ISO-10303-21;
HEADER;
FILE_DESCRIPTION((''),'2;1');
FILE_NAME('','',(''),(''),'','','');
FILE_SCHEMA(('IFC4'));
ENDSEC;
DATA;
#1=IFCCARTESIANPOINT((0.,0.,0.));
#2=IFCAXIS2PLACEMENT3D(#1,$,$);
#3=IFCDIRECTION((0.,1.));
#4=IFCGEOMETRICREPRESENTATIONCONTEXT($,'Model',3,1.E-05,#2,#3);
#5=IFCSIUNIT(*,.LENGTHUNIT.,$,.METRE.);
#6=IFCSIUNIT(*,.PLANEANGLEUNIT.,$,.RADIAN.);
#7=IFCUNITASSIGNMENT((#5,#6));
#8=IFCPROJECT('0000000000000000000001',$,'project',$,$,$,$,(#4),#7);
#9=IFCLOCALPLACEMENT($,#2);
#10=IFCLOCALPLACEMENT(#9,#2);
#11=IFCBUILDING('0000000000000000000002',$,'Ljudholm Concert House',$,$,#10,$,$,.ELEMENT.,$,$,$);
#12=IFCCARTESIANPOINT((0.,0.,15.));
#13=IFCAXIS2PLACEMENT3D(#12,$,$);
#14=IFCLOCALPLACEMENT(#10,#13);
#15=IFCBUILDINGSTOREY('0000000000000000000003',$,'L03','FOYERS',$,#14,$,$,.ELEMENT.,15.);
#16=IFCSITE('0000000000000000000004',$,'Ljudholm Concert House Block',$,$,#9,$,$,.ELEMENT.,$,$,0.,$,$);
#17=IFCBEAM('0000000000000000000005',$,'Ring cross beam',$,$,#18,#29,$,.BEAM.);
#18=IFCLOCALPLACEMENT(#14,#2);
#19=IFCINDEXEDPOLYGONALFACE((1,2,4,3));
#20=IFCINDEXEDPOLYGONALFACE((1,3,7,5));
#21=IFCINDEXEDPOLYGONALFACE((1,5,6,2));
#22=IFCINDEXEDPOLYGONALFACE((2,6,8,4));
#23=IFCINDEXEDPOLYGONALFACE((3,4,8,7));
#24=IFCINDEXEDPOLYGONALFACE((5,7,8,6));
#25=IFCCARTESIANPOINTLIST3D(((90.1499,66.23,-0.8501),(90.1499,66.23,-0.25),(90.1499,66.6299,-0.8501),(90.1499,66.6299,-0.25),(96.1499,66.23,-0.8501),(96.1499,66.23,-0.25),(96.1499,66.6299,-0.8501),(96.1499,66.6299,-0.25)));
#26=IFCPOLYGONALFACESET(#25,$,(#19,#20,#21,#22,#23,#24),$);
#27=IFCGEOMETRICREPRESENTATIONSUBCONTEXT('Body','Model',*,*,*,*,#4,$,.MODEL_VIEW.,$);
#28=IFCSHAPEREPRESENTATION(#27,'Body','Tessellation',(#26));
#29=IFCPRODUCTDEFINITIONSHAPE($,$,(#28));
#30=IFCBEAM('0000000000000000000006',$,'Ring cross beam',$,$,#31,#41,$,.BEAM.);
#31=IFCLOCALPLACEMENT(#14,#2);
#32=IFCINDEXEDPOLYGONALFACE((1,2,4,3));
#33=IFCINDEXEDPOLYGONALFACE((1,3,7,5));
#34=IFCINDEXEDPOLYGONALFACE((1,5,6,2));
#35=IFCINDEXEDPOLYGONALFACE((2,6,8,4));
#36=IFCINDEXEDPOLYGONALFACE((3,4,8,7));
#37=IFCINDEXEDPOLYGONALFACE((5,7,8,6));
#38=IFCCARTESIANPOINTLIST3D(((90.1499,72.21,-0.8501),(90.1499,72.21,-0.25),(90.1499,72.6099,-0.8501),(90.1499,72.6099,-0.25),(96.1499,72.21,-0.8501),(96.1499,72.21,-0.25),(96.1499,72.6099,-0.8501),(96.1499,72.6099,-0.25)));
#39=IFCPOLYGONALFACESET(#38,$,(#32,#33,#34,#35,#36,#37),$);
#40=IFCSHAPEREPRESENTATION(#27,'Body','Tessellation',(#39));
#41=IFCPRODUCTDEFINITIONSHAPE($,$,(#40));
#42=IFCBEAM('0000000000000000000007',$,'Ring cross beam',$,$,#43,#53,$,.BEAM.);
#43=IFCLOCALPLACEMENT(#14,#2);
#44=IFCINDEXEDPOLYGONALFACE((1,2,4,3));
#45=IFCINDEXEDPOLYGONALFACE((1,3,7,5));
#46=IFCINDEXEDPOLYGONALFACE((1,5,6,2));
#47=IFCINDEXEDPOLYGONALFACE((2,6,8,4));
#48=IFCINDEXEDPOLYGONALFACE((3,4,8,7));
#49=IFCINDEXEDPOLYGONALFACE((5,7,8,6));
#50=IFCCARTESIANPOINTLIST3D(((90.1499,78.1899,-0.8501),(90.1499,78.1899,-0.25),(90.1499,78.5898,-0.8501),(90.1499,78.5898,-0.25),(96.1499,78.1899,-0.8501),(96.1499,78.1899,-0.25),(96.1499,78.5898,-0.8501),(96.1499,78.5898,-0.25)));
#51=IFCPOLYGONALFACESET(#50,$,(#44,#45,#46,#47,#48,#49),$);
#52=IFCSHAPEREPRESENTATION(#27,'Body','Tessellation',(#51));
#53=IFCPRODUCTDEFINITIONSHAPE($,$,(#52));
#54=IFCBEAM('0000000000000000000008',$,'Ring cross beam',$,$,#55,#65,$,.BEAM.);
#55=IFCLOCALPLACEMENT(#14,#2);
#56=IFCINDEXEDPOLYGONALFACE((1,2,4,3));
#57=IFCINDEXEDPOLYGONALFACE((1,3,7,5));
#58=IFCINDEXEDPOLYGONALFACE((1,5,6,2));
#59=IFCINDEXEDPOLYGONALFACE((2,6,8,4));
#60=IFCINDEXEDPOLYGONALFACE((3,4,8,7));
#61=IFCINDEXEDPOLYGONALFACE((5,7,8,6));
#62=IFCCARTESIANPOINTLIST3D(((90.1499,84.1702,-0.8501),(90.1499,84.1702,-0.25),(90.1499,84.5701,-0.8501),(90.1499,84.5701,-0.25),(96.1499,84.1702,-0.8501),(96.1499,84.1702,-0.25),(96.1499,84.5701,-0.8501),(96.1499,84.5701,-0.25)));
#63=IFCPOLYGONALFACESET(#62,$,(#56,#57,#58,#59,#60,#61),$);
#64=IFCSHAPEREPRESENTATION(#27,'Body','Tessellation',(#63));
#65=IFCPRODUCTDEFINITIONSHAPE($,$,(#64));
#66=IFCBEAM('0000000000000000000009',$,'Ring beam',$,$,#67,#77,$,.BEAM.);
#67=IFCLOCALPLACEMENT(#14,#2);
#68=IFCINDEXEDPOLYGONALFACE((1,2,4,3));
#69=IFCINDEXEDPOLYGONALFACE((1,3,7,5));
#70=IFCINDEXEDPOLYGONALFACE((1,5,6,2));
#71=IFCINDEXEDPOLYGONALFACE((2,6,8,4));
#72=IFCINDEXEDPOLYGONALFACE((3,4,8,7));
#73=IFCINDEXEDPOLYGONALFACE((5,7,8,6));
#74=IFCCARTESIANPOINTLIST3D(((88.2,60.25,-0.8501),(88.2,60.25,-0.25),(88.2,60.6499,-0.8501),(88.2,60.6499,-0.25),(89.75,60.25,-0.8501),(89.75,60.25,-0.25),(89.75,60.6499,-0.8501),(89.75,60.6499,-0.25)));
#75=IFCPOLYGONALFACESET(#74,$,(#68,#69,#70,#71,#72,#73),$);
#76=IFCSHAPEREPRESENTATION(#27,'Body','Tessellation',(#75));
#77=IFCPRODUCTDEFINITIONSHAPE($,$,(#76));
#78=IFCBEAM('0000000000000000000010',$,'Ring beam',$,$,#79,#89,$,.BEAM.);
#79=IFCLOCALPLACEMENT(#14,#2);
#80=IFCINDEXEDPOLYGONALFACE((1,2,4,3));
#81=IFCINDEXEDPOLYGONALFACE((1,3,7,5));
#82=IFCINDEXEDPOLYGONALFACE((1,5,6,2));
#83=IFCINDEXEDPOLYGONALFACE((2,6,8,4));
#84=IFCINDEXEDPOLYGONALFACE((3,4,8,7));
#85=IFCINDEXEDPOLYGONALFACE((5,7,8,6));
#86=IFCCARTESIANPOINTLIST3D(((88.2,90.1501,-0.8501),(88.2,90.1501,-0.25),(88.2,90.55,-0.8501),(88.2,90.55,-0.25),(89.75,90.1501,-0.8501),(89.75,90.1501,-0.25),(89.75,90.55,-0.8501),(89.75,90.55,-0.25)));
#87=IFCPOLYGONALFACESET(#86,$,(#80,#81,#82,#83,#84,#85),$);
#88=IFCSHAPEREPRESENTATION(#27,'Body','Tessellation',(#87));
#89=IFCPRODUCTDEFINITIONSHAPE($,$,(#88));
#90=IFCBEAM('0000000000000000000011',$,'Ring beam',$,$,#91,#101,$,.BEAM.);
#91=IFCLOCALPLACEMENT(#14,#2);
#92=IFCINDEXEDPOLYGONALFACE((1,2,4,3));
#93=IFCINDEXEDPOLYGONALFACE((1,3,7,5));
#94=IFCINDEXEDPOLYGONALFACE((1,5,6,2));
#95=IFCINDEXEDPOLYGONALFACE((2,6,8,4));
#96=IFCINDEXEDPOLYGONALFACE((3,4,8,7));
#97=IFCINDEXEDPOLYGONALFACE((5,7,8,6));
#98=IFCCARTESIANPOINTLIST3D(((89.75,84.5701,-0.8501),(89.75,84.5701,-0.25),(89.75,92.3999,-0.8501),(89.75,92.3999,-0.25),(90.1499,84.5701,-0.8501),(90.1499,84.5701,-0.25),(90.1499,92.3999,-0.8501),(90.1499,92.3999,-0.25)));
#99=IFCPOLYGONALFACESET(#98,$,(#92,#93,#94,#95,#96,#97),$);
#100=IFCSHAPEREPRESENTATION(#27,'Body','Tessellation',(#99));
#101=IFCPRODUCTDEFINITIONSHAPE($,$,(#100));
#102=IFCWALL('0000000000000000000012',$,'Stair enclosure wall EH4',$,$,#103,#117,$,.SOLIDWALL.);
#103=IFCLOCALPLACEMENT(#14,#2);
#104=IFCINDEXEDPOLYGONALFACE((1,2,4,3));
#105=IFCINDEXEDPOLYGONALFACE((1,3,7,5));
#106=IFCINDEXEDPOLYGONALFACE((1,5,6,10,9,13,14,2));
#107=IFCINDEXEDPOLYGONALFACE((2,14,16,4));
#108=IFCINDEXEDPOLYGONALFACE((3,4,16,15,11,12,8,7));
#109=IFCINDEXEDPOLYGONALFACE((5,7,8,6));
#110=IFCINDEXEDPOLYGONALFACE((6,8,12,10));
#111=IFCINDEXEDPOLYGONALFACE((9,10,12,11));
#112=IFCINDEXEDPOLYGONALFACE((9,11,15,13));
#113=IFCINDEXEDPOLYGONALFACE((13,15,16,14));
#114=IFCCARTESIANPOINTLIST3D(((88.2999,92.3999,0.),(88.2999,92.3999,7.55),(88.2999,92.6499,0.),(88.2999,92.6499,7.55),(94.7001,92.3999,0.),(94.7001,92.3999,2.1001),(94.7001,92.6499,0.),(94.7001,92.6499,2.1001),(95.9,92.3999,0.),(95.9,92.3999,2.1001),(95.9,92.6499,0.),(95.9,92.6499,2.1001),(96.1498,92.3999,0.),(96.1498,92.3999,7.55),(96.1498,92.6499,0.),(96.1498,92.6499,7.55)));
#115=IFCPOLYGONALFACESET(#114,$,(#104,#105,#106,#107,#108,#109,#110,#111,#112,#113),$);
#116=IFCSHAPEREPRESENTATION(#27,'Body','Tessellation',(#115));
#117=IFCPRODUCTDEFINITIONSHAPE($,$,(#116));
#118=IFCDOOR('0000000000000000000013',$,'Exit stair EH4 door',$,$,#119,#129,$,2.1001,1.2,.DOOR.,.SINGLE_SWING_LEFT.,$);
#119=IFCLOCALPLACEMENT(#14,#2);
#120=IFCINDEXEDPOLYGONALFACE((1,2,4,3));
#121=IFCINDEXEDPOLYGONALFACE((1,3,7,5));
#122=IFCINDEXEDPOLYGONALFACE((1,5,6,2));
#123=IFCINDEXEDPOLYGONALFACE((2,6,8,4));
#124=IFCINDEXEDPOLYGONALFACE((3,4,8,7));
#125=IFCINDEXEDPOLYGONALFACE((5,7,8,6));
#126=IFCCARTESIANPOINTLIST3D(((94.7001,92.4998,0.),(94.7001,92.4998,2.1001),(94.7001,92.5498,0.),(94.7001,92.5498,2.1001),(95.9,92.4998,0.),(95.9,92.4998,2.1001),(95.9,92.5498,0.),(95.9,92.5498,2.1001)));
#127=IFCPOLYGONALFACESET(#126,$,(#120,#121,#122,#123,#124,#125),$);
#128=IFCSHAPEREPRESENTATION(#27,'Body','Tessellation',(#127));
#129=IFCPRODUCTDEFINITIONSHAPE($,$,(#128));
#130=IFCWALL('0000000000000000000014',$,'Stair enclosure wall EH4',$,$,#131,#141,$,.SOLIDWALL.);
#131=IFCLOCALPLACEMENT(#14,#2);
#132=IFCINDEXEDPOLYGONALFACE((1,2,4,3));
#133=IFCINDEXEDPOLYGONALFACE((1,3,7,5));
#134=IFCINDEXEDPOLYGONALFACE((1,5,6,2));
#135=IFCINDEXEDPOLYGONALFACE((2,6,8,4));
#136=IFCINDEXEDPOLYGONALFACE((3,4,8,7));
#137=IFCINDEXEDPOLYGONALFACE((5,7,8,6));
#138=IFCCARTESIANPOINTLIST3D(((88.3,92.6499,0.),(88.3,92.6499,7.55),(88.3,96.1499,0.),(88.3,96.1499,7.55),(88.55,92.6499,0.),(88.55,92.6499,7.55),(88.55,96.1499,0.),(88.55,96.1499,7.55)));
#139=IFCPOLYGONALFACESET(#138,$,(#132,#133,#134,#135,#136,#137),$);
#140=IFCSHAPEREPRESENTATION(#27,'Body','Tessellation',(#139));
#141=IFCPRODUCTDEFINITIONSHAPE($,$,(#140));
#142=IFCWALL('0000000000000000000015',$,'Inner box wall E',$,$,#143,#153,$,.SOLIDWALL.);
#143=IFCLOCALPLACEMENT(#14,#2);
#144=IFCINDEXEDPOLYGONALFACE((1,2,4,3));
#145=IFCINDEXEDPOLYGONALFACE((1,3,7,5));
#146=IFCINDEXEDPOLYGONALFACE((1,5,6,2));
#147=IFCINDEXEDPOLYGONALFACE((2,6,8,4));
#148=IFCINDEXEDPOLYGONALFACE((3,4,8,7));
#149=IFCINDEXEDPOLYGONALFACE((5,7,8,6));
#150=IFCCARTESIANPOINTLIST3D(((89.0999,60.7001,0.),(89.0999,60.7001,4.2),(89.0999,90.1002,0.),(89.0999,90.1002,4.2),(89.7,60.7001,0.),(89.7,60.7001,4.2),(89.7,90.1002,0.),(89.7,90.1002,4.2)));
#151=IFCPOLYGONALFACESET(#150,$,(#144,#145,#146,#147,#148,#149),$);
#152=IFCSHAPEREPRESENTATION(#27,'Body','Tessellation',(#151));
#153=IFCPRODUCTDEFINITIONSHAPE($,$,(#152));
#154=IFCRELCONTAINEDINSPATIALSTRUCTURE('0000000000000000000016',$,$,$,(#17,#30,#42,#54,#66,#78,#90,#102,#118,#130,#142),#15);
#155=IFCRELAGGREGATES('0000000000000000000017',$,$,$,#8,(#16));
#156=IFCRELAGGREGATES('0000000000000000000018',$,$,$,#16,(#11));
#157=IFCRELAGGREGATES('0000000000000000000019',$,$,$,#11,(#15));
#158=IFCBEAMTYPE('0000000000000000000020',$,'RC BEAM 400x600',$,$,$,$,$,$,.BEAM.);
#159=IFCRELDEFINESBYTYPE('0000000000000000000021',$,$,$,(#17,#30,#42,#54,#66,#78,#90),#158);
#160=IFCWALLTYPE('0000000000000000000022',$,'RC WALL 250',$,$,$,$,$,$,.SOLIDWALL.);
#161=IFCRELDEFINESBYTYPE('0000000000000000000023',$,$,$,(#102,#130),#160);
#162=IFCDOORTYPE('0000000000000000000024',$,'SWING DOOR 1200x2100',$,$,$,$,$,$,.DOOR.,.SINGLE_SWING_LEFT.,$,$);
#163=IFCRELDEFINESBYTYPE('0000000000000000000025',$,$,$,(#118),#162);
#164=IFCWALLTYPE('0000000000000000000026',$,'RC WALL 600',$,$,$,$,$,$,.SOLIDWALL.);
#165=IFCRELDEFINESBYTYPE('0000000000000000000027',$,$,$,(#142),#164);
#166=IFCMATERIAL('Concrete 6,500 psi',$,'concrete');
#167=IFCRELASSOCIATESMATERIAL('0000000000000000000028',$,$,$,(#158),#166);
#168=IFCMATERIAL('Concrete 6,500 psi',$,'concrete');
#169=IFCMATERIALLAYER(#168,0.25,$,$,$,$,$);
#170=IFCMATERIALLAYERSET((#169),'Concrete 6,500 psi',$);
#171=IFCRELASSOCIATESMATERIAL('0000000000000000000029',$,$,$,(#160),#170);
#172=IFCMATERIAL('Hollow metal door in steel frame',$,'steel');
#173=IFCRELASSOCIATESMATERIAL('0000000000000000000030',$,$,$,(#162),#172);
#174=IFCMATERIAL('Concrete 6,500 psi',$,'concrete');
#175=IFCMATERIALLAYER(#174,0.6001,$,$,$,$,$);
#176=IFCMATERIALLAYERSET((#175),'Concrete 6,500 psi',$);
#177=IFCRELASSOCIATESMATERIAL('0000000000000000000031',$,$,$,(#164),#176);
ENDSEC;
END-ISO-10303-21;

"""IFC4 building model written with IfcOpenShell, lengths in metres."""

from ifc_helpers import new_model, si_unit, direction, frame, frame_2d, origin, origin_2d, place, context, subcontext, project, spatial, rectangle, extrude, material, layer, layer_set, material_profile, profile_set, type_object, element, fill, save


model = new_model("IFC4")

# Units and contexts
model_context = context("Model", 3, precision=1e-05, world=origin(), true_north=direction((0.0, 1.0)))
body_context = subcontext(model_context, "Body", "Model", "MODEL_VIEW")
ifc_project = project(units=[si_unit("LENGTHUNIT", "METRE"), si_unit("PLANEANGLEUNIT", "RADIAN")], contexts=[model_context])

# Site, building, storey
site_placement = place(None, origin())
site = spatial("IfcSite", under=ifc_project, at=site_placement, Name="Ljudholm Concert House Block", CompositionType="ELEMENT", RefElevation=0.0)
building_placement = place(site_placement, origin())
building = spatial("IfcBuilding", under=site, at=building_placement, Name="Ljudholm Concert House", CompositionType="ELEMENT")
storey_placement = place(building_placement, frame((0.0, 0.0, 15.0)))
storey = spatial("IfcBuildingStorey", under=building, at=storey_placement, Name="L03", Description="FOYERS", CompositionType="ELEMENT", Elevation=15.0)

# Beams
ifc_material_1 = material(Name="Concrete 6,500 psi", Category="concrete")
ifc_material_profile_1 = material_profile(ifc_material_1, rectangle(XDim=0.3999, YDim=0.6001, at=origin_2d()), Name="RC BEAM 400x600")
ifc_profile_set_1 = profile_set([ifc_material_profile_1], Name="Concrete 6,500 psi")
beam_type = type_object("IfcBeamType", Name="RC BEAM 400x600", PredefinedType="BEAM", material=ifc_profile_set_1)
for number, where, z_axis, x_axis, name in (
    (1, (90.1499, 66.4299, -0.55), (1.0, 0.0, 0.0), (0.0, 1.0, 0.0), "Ring cross beam"),
    (2, (90.1499, 72.4099, -0.55), (1.0, 0.0, 0.0), (0.0, 1.0, 0.0), "Ring cross beam"),
    (3, (90.1499, 78.3899, -0.55), (1.0, 0.0, 0.0), (0.0, 1.0, 0.0), "Ring cross beam"),
    (4, (90.1499, 84.3701, -0.55), (1.0, 0.0, 0.0), (0.0, 1.0, 0.0), "Ring cross beam"),
):
    element("IfcBeam", number, at=place(storey_placement, frame(where, z_axis=z_axis, x_axis=x_axis)), inside=storey, type_object=beam_type, Name=name, PredefinedType="BEAM", context=body_context, shape_type="SweptSolid", body=[
        extrude(rectangle(XDim=0.3999, YDim=0.6001, at=origin_2d()), origin(), (0.0, 0.0, 1.0), 6.0),
    ])
for number, where, z_axis, x_axis, name in (
    (5, (88.2, 60.45, -0.55), (1.0, 0.0, 0.0), (0.0, 1.0, 0.0), "Ring beam"),
    (6, (88.2, 90.3501, -0.55), (1.0, 0.0, 0.0), (0.0, 1.0, 0.0), "Ring beam"),
):
    element("IfcBeam", number, at=place(storey_placement, frame(where, z_axis=z_axis, x_axis=x_axis)), inside=storey, type_object=beam_type, Name=name, PredefinedType="BEAM", context=body_context, shape_type="SweptSolid", body=[
        extrude(rectangle(XDim=0.3999, YDim=0.6001, at=origin_2d()), origin(), (0.0, 0.0, 1.0), 1.55),
    ])
beam_1_placement = place(storey_placement, frame((89.95, 84.5701, -0.55), z_axis=(0.0, 1.0, 0.0), x_axis=(-1.0, 0.0, 0.0)))
element("IfcBeam", 7, at=beam_1_placement, inside=storey, type_object=beam_type, Name="Ring beam", PredefinedType="BEAM", context=body_context, shape_type="SweptSolid", body=[
    extrude(rectangle(XDim=0.3999, YDim=0.6001, at=origin_2d()), origin(), (0.0, 0.0, 1.0), 7.8298),
])

# Wall, opening, door
ifc_material_2 = material(Name="Concrete 6,500 psi", Category="concrete")
ifc_layer_1 = layer(ifc_material_2, 0.25)
ifc_layer_set_1 = layer_set([ifc_layer_1], Name="Concrete 6,500 psi")
wall_type_1 = type_object("IfcWallType", Name="RC WALL 250", PredefinedType="SOLIDWALL", material=ifc_layer_set_1)
wall_1_placement = place(storey_placement, frame((88.3, 92.5249, 0.0), z_axis=(0.0, 0.0, 1.0), x_axis=(1.0, 0.0, 0.0)))
wall_1 = element("IfcWall", 8, at=wall_1_placement, inside=storey, type_object=wall_type_1, Name="Stair enclosure wall EH4", PredefinedType="SOLIDWALL", context=body_context, shape_type="SweptSolid", body=[
    extrude(rectangle(XDim=7.8499, YDim=0.25, at=frame_2d((3.9248, 0.0))), origin(), (0.0, 0.0, 1.0), 7.55),
])
opening_placement = place(wall_1_placement, frame((6.3999, 0.0, 0.0)))
opening = element("IfcOpeningElement", 9, at=opening_placement, cuts=wall_1, PredefinedType="OPENING", context=body_context, shape_type="SweptSolid", body=[
    extrude(rectangle(XDim=1.2, YDim=2.1001, at=frame_2d((0.6001, 1.05))), frame((0.0, 0.135, 0.0), z_axis=(0.0, -1.0, 0.0), x_axis=(1.0, 0.0, 0.0)), (0.0, 0.0, 1.0), 0.27),
])
ifc_material_3 = material(Name="Hollow metal door in steel frame", Category="steel")
door_type = type_object("IfcDoorType", Name="SWING DOOR 1200x2100", OperationType="SINGLE_SWING_LEFT", PredefinedType="DOOR", material=ifc_material_3)
door_placement = place(opening_placement, origin())
door = element("IfcDoor", 10, at=door_placement, inside=storey, type_object=door_type, Name="Exit stair EH4 door", OperationType="SINGLE_SWING_LEFT", OverallHeight=2.1001, OverallWidth=1.2, PredefinedType="DOOR", context=body_context, shape_type="SweptSolid", body=[
    extrude(rectangle(XDim=1.2, YDim=2.1001, at=frame_2d((0.6001, 1.05))), frame((0.0, 0.0249, 0.0), z_axis=(0.0, -1.0, 0.0), x_axis=(1.0, 0.0, 0.0)), (0.0, 0.0, 1.0), 0.05),
])
fill(opening, door)

# Walls
wall_2_placement = place(storey_placement, frame((88.425, 92.6499, 0.0), z_axis=(0.0, 0.0, 1.0), x_axis=(0.0, 1.0, 0.0)))
element("IfcWall", 11, at=wall_2_placement, inside=storey, type_object=wall_type_1, Name="Stair enclosure wall EH4", PredefinedType="SOLIDWALL", context=body_context, shape_type="SweptSolid", body=[
    extrude(rectangle(XDim=3.5, YDim=0.25, at=frame_2d((1.75, 0.0))), origin(), (0.0, 0.0, 1.0), 7.55),
])
ifc_material_4 = material(Name="Concrete 6,500 psi", Category="concrete")
ifc_layer_2 = layer(ifc_material_4, 0.6001)
ifc_layer_set_2 = layer_set([ifc_layer_2], Name="Concrete 6,500 psi")
wall_type_2 = type_object("IfcWallType", Name="RC WALL 600", PredefinedType="SOLIDWALL", material=ifc_layer_set_2)
wall_3_placement = place(storey_placement, frame((89.3999, 60.7, 0.0), z_axis=(0.0, 0.0, 1.0), x_axis=(0.0, 1.0, 0.0)))
element("IfcWall", 12, at=wall_3_placement, inside=storey, type_object=wall_type_2, Name="Inner box wall E", PredefinedType="SOLIDWALL", context=body_context, shape_type="SweptSolid", body=[
    extrude(rectangle(XDim=29.4001, YDim=0.6001, at=frame_2d((14.7002, 0.0))), origin(), (0.0, 0.0, 1.0), 4.2),
])

save(model, "model.ifc")
